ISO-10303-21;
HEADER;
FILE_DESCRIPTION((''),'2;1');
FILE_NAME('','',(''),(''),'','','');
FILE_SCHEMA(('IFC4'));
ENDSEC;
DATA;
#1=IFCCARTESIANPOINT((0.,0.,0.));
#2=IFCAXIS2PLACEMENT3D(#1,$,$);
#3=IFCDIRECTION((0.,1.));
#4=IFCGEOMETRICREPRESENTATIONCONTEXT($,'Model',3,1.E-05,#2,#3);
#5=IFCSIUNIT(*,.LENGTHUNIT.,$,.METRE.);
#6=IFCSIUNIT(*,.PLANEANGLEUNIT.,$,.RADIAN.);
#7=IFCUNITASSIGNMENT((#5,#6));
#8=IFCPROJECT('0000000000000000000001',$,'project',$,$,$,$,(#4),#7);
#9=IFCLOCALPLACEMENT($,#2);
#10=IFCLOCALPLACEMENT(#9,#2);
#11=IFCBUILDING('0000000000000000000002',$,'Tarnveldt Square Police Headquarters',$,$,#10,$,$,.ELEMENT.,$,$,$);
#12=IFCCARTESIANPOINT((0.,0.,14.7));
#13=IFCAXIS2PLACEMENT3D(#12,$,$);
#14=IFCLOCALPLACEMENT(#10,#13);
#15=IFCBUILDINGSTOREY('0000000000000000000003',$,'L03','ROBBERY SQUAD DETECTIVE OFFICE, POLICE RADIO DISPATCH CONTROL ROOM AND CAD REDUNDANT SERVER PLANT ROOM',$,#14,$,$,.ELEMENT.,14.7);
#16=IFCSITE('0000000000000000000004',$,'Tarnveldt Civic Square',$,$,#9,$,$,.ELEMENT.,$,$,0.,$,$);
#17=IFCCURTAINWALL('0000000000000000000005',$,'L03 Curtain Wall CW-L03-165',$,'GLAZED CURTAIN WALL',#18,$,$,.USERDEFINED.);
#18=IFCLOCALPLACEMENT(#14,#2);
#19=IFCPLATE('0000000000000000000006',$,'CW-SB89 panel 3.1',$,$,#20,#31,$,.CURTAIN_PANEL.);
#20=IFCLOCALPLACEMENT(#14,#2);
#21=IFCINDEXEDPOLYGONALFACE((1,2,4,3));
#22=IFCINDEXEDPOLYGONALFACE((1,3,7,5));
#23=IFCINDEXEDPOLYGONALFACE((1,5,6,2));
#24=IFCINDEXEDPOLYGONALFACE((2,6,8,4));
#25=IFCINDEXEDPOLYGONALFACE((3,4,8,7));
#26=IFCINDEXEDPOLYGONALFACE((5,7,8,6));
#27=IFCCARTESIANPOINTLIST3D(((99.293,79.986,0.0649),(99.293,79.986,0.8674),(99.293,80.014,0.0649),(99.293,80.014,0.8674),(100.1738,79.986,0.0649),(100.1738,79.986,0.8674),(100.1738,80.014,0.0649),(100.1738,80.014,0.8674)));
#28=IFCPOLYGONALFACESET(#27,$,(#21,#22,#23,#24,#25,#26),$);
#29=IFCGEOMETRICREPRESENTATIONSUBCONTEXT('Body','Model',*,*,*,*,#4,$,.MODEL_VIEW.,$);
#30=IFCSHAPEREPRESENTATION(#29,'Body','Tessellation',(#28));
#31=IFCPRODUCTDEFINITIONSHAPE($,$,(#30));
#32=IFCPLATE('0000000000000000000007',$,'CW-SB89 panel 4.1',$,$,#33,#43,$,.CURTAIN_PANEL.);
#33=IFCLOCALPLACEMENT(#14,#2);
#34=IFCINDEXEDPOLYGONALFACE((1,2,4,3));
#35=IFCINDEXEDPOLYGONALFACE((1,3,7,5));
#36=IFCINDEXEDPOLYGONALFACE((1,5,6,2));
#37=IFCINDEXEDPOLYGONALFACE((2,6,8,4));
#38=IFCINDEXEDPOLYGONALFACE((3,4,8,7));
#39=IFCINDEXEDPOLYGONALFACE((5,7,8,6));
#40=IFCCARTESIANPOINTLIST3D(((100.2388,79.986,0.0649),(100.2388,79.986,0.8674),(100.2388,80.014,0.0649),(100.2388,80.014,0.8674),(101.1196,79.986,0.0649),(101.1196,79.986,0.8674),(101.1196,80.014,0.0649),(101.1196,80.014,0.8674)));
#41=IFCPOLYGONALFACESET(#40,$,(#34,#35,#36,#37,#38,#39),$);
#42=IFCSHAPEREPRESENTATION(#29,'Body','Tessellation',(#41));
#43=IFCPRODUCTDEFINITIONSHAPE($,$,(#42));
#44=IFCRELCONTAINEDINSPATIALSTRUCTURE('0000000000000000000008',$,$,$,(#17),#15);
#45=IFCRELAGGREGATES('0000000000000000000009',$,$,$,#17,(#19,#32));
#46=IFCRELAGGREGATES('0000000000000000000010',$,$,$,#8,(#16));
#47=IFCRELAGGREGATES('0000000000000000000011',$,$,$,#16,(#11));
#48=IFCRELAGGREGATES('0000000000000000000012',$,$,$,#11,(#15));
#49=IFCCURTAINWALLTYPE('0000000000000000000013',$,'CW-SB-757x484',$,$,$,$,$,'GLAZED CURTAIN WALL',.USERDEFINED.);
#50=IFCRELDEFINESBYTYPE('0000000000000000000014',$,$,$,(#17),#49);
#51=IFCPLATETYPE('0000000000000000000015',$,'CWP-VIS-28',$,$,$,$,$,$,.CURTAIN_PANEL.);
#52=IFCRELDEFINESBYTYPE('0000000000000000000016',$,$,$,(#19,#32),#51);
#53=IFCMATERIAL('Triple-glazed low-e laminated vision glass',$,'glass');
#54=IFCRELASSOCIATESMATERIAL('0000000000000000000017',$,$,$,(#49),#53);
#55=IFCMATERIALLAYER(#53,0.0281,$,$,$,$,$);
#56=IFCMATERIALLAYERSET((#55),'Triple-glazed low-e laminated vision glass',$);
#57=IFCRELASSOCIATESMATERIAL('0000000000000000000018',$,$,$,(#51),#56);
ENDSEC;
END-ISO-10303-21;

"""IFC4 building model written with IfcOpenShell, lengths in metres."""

from ifc_helpers import new_model, si_unit, direction, frame, origin, origin_2d, place, context, subcontext, project, spatial, rectangle, extrude, material, layer, layer_set, type_object, element, aggregate, save


model = new_model("IFC4")

# Units and contexts
model_context = context("Model", 3, precision=1e-05, world=origin(), true_north=direction((0.0, 1.0)))
body_context = subcontext(model_context, "Body", "Model", "MODEL_VIEW")
ifc_project = project(units=[si_unit("LENGTHUNIT", "METRE"), si_unit("PLANEANGLEUNIT", "RADIAN")], contexts=[model_context])

# Site, building, storey
site_placement = place(None, origin())
site = spatial("IfcSite", under=ifc_project, at=site_placement, Name="Tarnveldt Civic Square", CompositionType="ELEMENT", RefElevation=0.0)
building_placement = place(site_placement, origin())
building = spatial("IfcBuilding", under=site, at=building_placement, Name="Tarnveldt Square Police Headquarters", CompositionType="ELEMENT")
storey_placement = place(building_placement, frame((0.0, 0.0, 14.7)))
storey = spatial("IfcBuildingStorey", under=building, at=storey_placement, Name="L03", Description="ROBBERY SQUAD DETECTIVE OFFICE, POLICE RADIO DISPATCH CONTROL ROOM AND CAD REDUNDANT SERVER PLANT ROOM", CompositionType="ELEMENT", Elevation=14.7)

# Curtain wall
ifc_material_1 = material(Name="Triple-glazed low-e laminated vision glass", Category="glass")
curtain_wall_type_1 = type_object("IfcCurtainWallType", Name="CW-SB-757x484", ElementType="GLAZED CURTAIN WALL", PredefinedType="USERDEFINED", material=ifc_material_1)
curtain_wall_1_placement = place(storey_placement, origin())
curtain_wall_1 = element("IfcCurtainWall", 1, at=curtain_wall_1_placement, inside=storey, type_object=curtain_wall_type_1, Name="L03 Curtain Wall CW-L03-165", ObjectType="GLAZED CURTAIN WALL", PredefinedType="USERDEFINED")

# Plates
ifc_layer = layer(ifc_material_1, 0.0281)
ifc_layer_set = layer_set([ifc_layer], Name="Triple-glazed low-e laminated vision glass")
plate_type = type_object("IfcPlateType", Name="CWP-VIS-28", PredefinedType="CURTAIN_PANEL", material=ifc_layer_set)
plate_1_placement = place(storey_placement, frame((99.7334, 80.0, 0.0649), z_axis=(0.0, 0.0, 1.0), x_axis=(1.0, 0.0, 0.0)))
plate_1 = element("IfcPlate", 2, at=plate_1_placement, type_object=plate_type, Name="CW-SB89 panel 3.1", PredefinedType="CURTAIN_PANEL", context=body_context, shape_type="SweptSolid", body=[
    extrude(rectangle(XDim=0.8809, YDim=0.0281, at=origin_2d()), origin(), (0.0, 0.0, 1.0), 0.8025),
])
plate_2_placement = place(storey_placement, frame((100.6792, 80.0, 0.0649), z_axis=(0.0, 0.0, 1.0), x_axis=(1.0, 0.0, 0.0)))
plate_2 = element("IfcPlate", 3, at=plate_2_placement, type_object=plate_type, Name="CW-SB89 panel 4.1", PredefinedType="CURTAIN_PANEL", context=body_context, shape_type="SweptSolid", body=[
    extrude(rectangle(XDim=0.8809, YDim=0.0281, at=origin_2d()), origin(), (0.0, 0.0, 1.0), 0.8025),
])
aggregate(curtain_wall_1, [plate_1, plate_2])

save(model, "model.ifc")
